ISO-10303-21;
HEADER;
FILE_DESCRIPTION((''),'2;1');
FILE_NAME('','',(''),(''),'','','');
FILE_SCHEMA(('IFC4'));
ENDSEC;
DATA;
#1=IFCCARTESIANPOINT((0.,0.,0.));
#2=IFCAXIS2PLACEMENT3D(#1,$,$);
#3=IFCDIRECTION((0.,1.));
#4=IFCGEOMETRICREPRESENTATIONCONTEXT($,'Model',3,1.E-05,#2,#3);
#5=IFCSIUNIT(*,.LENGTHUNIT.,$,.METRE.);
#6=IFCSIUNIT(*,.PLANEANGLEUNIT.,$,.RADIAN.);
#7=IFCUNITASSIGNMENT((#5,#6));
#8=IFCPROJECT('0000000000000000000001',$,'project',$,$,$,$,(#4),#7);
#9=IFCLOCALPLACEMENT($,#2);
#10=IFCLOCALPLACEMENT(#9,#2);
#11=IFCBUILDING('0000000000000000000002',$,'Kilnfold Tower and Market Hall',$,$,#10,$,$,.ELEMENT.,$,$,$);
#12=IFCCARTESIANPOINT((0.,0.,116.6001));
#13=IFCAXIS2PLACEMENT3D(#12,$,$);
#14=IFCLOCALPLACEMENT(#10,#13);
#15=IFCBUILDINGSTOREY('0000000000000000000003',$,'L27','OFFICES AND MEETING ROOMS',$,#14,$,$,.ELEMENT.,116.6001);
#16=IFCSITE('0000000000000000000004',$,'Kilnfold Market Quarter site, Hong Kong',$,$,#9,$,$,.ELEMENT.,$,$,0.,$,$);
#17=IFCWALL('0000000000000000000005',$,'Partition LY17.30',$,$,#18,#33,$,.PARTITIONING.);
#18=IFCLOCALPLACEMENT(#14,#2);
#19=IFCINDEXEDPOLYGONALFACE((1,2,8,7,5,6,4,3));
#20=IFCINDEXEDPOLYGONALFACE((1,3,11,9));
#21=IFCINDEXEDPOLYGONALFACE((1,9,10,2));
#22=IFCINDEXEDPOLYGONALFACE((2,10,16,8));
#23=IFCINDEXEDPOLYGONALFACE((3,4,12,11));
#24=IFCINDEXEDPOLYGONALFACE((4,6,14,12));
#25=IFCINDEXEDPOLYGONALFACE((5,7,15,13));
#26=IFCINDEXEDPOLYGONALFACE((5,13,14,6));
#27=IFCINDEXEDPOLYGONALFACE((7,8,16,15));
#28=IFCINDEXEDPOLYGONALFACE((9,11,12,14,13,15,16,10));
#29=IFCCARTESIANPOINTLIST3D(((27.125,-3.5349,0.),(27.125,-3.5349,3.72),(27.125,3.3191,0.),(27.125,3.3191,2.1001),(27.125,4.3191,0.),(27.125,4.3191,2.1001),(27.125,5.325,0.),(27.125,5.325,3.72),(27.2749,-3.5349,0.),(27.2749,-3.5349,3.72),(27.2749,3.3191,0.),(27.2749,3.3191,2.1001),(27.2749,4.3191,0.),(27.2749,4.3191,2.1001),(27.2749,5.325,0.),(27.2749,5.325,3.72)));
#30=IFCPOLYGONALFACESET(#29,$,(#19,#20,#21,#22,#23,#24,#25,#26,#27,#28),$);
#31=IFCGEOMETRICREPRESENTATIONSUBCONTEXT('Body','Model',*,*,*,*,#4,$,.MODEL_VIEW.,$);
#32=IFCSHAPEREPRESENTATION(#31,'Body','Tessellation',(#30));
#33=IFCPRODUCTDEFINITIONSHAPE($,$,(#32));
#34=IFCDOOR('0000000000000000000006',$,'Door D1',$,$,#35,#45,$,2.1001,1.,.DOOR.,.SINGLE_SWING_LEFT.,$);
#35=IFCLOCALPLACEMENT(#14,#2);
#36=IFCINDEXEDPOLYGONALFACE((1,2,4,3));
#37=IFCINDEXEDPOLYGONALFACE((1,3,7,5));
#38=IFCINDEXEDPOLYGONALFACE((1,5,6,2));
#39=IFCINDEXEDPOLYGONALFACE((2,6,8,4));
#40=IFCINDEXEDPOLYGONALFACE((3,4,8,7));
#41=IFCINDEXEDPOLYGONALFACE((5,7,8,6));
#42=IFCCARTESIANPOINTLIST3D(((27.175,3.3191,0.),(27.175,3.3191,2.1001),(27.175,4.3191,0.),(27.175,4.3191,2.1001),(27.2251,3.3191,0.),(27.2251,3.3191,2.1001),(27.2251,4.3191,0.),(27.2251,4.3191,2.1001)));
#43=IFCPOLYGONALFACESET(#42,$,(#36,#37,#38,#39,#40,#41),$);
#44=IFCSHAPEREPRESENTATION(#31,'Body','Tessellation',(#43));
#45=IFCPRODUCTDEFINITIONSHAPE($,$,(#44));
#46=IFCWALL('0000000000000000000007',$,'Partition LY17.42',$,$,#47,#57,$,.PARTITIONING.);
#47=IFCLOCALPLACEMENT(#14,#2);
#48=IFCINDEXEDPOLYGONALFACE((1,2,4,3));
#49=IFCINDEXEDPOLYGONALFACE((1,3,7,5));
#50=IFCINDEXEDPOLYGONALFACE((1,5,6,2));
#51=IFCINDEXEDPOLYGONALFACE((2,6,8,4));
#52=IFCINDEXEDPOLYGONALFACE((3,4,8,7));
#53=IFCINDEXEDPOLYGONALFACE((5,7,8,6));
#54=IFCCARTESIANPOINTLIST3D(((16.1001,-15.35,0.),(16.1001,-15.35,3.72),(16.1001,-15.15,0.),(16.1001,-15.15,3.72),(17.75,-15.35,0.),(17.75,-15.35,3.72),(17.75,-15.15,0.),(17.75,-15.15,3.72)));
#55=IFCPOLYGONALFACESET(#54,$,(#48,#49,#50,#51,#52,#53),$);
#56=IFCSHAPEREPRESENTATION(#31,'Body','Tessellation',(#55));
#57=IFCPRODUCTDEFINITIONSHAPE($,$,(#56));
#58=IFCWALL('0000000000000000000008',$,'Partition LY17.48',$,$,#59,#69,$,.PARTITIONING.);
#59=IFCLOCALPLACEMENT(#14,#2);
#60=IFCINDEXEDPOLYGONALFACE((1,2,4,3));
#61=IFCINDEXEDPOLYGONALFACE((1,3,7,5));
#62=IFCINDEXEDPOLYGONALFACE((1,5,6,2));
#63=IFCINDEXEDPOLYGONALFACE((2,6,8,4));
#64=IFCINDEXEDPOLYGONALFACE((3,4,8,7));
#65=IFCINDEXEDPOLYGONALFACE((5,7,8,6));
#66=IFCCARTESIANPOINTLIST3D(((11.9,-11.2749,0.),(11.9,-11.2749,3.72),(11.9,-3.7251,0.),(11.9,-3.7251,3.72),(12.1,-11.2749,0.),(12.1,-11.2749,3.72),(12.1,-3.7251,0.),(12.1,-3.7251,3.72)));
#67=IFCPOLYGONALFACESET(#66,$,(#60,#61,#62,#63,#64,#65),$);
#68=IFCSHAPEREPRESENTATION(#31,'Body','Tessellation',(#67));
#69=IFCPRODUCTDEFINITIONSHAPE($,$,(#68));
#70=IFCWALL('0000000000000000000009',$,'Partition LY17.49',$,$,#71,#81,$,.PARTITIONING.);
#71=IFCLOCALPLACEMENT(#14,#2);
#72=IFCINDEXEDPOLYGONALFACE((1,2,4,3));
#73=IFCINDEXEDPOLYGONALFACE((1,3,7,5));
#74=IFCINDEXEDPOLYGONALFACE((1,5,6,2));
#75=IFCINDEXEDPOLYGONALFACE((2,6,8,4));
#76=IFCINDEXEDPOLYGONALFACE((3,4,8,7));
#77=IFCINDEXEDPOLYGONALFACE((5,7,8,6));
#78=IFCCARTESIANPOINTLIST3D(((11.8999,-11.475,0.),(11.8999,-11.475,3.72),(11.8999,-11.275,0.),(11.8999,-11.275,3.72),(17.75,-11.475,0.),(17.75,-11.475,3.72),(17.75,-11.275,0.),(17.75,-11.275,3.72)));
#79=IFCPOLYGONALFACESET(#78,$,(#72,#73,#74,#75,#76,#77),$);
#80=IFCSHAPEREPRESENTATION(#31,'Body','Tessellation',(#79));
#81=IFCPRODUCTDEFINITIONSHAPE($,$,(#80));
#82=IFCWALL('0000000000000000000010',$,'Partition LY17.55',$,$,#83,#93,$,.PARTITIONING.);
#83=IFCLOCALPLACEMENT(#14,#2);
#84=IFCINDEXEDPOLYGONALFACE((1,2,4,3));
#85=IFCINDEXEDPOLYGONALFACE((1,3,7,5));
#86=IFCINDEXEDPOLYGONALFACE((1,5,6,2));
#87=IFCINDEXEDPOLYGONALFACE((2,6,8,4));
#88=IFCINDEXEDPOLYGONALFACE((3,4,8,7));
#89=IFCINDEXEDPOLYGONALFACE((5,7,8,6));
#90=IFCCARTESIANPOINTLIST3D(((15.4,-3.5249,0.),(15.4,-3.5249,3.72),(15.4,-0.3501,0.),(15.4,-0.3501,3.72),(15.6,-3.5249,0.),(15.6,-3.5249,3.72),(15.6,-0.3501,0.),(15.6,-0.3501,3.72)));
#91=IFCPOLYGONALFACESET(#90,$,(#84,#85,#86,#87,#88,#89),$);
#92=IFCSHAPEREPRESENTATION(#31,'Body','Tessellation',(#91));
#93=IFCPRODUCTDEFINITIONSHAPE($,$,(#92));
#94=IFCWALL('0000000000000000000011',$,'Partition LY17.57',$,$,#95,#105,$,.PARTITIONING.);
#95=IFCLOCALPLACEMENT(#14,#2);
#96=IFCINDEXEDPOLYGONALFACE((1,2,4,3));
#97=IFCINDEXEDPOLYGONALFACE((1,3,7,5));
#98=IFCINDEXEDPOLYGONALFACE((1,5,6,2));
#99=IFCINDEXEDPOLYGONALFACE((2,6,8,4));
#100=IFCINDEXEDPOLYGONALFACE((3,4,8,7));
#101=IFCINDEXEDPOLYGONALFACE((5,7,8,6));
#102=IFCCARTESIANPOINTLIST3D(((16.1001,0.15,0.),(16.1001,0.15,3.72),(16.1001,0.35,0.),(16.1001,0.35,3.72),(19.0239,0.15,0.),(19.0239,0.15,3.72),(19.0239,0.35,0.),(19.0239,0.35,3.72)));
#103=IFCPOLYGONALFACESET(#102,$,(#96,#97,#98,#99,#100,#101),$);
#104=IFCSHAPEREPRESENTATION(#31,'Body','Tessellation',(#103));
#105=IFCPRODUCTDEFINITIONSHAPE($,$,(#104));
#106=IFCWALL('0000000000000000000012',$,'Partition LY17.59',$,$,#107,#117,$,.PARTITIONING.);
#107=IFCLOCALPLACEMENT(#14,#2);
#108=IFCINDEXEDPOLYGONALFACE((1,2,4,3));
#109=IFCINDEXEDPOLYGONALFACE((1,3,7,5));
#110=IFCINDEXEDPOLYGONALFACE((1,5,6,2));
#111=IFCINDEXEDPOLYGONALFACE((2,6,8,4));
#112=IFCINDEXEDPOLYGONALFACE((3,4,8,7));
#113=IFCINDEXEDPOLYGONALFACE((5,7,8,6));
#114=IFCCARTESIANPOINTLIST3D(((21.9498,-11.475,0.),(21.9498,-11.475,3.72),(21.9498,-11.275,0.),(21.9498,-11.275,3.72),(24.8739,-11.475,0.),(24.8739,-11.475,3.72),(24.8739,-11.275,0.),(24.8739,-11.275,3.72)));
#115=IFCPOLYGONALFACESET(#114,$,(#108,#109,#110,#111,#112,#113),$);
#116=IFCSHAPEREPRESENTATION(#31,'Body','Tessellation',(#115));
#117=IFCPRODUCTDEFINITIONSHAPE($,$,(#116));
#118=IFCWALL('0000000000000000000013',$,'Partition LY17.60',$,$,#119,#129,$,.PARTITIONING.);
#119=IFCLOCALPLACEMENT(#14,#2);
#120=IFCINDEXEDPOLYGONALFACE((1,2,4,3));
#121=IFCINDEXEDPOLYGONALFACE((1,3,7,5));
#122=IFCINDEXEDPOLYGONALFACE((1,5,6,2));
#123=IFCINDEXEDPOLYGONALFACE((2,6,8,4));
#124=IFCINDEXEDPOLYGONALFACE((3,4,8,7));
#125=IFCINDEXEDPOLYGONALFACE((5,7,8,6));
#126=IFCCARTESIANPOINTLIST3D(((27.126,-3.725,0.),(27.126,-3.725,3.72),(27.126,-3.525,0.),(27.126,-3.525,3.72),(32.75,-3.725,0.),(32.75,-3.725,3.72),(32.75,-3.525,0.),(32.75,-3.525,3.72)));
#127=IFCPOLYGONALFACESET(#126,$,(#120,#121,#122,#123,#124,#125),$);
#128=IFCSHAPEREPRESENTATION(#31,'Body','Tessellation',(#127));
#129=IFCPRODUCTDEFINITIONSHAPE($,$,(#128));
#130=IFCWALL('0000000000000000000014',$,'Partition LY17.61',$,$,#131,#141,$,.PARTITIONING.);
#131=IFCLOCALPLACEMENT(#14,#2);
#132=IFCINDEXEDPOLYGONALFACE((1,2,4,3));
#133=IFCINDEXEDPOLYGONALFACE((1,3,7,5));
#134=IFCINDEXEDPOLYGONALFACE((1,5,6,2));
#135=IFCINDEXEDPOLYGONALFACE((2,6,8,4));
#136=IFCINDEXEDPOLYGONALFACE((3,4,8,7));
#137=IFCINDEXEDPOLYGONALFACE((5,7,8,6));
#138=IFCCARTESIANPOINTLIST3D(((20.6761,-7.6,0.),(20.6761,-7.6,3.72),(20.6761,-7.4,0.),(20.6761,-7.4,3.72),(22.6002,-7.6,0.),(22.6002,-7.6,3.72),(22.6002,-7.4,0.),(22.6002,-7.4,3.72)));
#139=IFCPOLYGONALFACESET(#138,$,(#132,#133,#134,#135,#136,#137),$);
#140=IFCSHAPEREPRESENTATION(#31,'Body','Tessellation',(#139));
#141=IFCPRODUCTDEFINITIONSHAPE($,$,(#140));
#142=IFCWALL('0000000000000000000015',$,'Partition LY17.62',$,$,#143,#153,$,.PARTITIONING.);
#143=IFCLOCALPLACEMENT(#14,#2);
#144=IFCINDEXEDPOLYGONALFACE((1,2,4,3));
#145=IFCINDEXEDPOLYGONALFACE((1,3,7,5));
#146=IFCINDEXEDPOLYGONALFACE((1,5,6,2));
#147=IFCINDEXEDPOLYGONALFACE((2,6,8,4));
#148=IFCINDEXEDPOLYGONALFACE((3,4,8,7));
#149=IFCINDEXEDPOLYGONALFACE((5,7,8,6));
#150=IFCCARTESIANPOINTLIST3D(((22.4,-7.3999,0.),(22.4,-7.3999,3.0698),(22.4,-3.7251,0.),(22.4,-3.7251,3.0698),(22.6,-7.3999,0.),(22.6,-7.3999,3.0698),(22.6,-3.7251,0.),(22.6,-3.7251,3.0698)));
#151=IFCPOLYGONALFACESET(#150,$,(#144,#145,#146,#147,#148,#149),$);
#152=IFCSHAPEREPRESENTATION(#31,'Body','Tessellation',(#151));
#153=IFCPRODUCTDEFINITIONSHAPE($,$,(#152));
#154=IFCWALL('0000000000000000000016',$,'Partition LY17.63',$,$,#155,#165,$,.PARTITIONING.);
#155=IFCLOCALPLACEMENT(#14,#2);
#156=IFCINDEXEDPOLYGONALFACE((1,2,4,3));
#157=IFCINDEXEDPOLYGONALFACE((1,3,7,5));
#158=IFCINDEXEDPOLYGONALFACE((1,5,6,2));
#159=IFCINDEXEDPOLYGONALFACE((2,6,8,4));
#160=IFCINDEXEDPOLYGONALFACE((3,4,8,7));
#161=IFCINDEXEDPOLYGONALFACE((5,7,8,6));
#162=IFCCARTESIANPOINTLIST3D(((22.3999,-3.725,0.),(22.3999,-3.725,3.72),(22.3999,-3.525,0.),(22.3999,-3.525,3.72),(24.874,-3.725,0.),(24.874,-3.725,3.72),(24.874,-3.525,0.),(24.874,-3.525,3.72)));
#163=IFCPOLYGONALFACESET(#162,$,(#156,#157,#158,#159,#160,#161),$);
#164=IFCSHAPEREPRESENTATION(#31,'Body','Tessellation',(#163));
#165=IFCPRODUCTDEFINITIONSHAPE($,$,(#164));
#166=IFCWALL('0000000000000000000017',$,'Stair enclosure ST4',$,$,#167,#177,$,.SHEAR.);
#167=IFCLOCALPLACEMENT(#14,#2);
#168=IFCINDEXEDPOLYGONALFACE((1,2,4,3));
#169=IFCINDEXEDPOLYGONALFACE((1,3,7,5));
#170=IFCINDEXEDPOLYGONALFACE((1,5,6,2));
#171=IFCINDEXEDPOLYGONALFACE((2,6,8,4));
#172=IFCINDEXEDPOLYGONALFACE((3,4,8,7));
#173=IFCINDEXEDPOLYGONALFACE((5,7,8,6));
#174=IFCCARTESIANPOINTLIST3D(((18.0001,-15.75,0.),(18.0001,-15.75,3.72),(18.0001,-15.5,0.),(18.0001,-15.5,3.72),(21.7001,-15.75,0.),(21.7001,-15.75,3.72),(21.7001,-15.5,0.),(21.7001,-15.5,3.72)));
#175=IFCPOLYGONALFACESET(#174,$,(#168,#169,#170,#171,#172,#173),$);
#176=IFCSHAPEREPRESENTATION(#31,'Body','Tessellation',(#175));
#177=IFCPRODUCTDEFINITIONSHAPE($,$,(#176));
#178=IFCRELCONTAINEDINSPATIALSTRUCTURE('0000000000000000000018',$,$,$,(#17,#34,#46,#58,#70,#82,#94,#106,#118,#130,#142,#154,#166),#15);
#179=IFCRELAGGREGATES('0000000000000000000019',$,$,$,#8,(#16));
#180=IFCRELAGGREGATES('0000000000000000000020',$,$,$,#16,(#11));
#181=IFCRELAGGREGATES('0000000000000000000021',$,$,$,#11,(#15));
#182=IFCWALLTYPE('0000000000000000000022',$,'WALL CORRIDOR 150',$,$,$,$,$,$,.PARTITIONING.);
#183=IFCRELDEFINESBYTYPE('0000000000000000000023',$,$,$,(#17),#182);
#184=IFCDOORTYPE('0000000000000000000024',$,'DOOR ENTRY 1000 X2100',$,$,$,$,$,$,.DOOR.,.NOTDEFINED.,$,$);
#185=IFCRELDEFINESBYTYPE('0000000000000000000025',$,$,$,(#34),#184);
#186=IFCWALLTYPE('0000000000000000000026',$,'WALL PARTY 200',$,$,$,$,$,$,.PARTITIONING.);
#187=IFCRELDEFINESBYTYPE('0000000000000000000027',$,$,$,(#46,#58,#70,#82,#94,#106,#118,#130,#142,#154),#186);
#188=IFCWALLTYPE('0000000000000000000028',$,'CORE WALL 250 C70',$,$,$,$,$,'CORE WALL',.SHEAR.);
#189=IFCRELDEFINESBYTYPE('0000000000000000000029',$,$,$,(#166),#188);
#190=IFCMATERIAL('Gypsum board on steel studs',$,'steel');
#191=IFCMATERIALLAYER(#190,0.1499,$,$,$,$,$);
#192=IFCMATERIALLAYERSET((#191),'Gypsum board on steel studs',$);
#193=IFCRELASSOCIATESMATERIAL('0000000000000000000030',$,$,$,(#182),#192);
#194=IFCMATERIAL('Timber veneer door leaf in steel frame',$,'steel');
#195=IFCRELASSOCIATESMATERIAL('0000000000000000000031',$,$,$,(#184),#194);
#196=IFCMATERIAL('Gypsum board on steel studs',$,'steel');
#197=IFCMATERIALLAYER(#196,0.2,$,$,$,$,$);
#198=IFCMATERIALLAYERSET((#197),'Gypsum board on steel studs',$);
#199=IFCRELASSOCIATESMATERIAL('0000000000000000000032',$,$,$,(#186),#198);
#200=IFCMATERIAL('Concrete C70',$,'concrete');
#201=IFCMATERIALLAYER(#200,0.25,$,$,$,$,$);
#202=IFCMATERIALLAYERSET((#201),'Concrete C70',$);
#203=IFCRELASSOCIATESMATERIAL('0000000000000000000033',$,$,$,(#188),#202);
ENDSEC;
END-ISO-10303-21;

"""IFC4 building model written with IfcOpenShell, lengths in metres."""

from ifc_helpers import new_model, si_unit, direction, frame, frame_2d, origin, place, context, subcontext, project, spatial, rectangle, extrude, source, transform, mapped, material, layer, layer_set, type_object, element, fill, save


model = new_model("IFC4")

# Units and contexts
model_context = context("Model", 3, precision=1e-05, world=origin(), true_north=direction((0.0, 1.0)))
body_context = subcontext(model_context, "Body", "Model", "MODEL_VIEW")
ifc_project = project(units=[si_unit("LENGTHUNIT", "METRE"), si_unit("PLANEANGLEUNIT", "RADIAN")], contexts=[model_context])

# Site, building, storey
site_placement = place(None, origin())
site = spatial("IfcSite", under=ifc_project, at=site_placement, Name="Kilnfold Market Quarter site, Hong Kong", CompositionType="ELEMENT", RefElevation=0.0)
building_placement = place(site_placement, origin())
building = spatial("IfcBuilding", under=site, at=building_placement, Name="Kilnfold Tower and Market Hall", CompositionType="ELEMENT")
storey_placement = place(building_placement, frame((0.0, 0.0, 116.6001)))
storey = spatial("IfcBuildingStorey", under=building, at=storey_placement, Name="L27", Description="OFFICES AND MEETING ROOMS", CompositionType="ELEMENT", Elevation=116.6001)

# Shared definitions
ifc_material_1 = material(Name="Gypsum board on steel studs", Category="steel")
ifc_layer_1 = layer(ifc_material_1, 0.1499)
ifc_layer_set_1 = layer_set([ifc_layer_1], Name="Gypsum board on steel studs")
wall_type_1 = type_object("IfcWallType", Name="WALL CORRIDOR 150", PredefinedType="PARTITIONING", material=ifc_layer_set_1)

# Shared definitions
ifc_material_2 = material(Name="Timber veneer door leaf in steel frame", Category="steel")
door_type_1 = type_object("IfcDoorType", Name="DOOR ENTRY 1000 X2100", OperationType="NOTDEFINED", PredefinedType="DOOR", material=ifc_material_2)

# Wall, opening, door
wall_1_placement = place(storey_placement, frame((27.2, -3.5349, 0.0), z_axis=(0.0, 0.0, 1.0), x_axis=(0.0, 1.0, 0.0)))
wall_1 = element("IfcWall", 1, at=wall_1_placement, inside=storey, type_object=wall_type_1, Name="Partition LY17.30", PredefinedType="PARTITIONING", context=body_context, shape_type="SweptSolid", body=[
    extrude(rectangle(XDim=8.8599, YDim=0.1499, at=frame_2d((4.4299, 0.0))), origin(), (0.0, 0.0, 1.0), 3.72),
])
opening_1_placement = place(wall_1_placement, frame((6.854, 0.0, 0.0)))
opening_1 = element("IfcOpeningElement", 2, at=opening_1_placement, cuts=wall_1, PredefinedType="OPENING", context=body_context, shape_type="SweptSolid", body=[
    extrude(rectangle(XDim=1.0, YDim=2.1001, at=frame_2d((0.5, 1.05))), frame((0.0, 0.085, 0.0), z_axis=(0.0, -1.0, 0.0), x_axis=(1.0, 0.0, 0.0)), (0.0, 0.0, 1.0), 0.1699),
])
door_1_placement = place(opening_1_placement, origin())
door_1 = element("IfcDoor", 3, at=door_1_placement, inside=storey, type_object=door_type_1, Name="Door D1", OperationType="SINGLE_SWING_LEFT", OverallHeight=2.1001, OverallWidth=1.0, PredefinedType="DOOR", context=body_context, shape_type="SweptSolid", body=[
    extrude(rectangle(XDim=1.0, YDim=2.1001, at=frame_2d((0.5, 1.05))), frame((0.0, 0.0249, 0.0), z_axis=(0.0, -1.0, 0.0), x_axis=(1.0, 0.0, 0.0)), (0.0, 0.0, 1.0), 0.05),
])
fill(opening_1, door_1)

# Walls
ifc_material_3 = material(Name="Gypsum board on steel studs", Category="steel")
ifc_layer_2 = layer(ifc_material_3, 0.2)
ifc_layer_set_2 = layer_set([ifc_layer_2], Name="Gypsum board on steel studs")
wall_type_2 = type_object("IfcWallType", Name="WALL PARTY 200", PredefinedType="PARTITIONING", material=ifc_layer_set_2)
wall_2_placement = place(storey_placement, frame((16.1001, -15.25, 0.0), z_axis=(0.0, 0.0, 1.0), x_axis=(1.0, 0.0, 0.0)))
element("IfcWall", 4, at=wall_2_placement, inside=storey, type_object=wall_type_2, Name="Partition LY17.42", PredefinedType="PARTITIONING", context=body_context, shape_type="SweptSolid", body=[
    extrude(rectangle(XDim=1.6499, YDim=0.2, at=frame_2d((0.825, 0.0))), origin(), (0.0, 0.0, 1.0), 3.72),
])
wall_3_placement = place(storey_placement, frame((12.0, -11.2749, 0.0), z_axis=(0.0, 0.0, 1.0), x_axis=(0.0, 1.0, 0.0)))
element("IfcWall", 5, at=wall_3_placement, inside=storey, type_object=wall_type_2, Name="Partition LY17.48", PredefinedType="PARTITIONING", context=body_context, shape_type="SweptSolid", body=[
    extrude(rectangle(XDim=7.5498, YDim=0.2, at=frame_2d((3.7749, 0.0))), origin(), (0.0, 0.0, 1.0), 3.72),
])
wall_4_placement = place(storey_placement, frame((11.8999, -11.375, 0.0), z_axis=(0.0, 0.0, 1.0), x_axis=(1.0, 0.0, 0.0)))
element("IfcWall", 6, at=wall_4_placement, inside=storey, type_object=wall_type_2, Name="Partition LY17.49", PredefinedType="PARTITIONING", context=body_context, shape_type="SweptSolid", body=[
    extrude(rectangle(XDim=5.8501, YDim=0.2, at=frame_2d((2.925, 0.0))), origin(), (0.0, 0.0, 1.0), 3.72),
])
wall_5_placement = place(storey_placement, frame((15.5, -3.5249, 0.0), z_axis=(0.0, 0.0, 1.0), x_axis=(0.0, 1.0, 0.0)))
element("IfcWall", 7, at=wall_5_placement, inside=storey, type_object=wall_type_2, Name="Partition LY17.55", PredefinedType="PARTITIONING", context=body_context, shape_type="SweptSolid", body=[
    extrude(rectangle(XDim=3.1748, YDim=0.2, at=frame_2d((1.5874, 0.0))), origin(), (0.0, 0.0, 1.0), 3.72),
])
wall_6_placement = place(storey_placement, frame((16.1001, 0.25, 0.0), z_axis=(0.0, 0.0, 1.0), x_axis=(1.0, 0.0, 0.0)))
element("IfcWall", 8, at=wall_6_placement, inside=storey, type_object=wall_type_2, Name="Partition LY17.57", PredefinedType="PARTITIONING", context=body_context, shape_type="SweptSolid", body=[
    extrude(rectangle(XDim=2.9238, YDim=0.2, at=frame_2d((1.4619, 0.0))), origin(), (0.0, 0.0, 1.0), 3.72),
])
wall_7_placement = place(storey_placement, frame((21.95, -11.375, 0.0), z_axis=(0.0, 0.0, 1.0), x_axis=(1.0, 0.0, 0.0)))
element("IfcWall", 9, at=wall_7_placement, inside=storey, type_object=wall_type_2, Name="Partition LY17.59", PredefinedType="PARTITIONING", context=body_context, shape_type="SweptSolid", body=[
    extrude(rectangle(XDim=2.9241, YDim=0.2, at=frame_2d((1.4619, 0.0))), origin(), (0.0, 0.0, 1.0), 3.72),
])
wall_8_placement = place(storey_placement, frame((27.126, -3.625, 0.0), z_axis=(0.0, 0.0, 1.0), x_axis=(1.0, 0.0, 0.0)))
element("IfcWall", 10, at=wall_8_placement, inside=storey, type_object=wall_type_2, Name="Partition LY17.60", PredefinedType="PARTITIONING", context=body_context, shape_type="SweptSolid", body=[
    extrude(rectangle(XDim=5.624, YDim=0.2, at=frame_2d((2.812, 0.0))), origin(), (0.0, 0.0, 1.0), 3.72),
])
wall_9_placement = place(storey_placement, frame((22.6001, -7.5, 0.0), z_axis=(0.0, 0.0, 1.0), x_axis=(-1.0, 0.0, 0.0)))
element("IfcWall", 11, at=wall_9_placement, inside=storey, type_object=wall_type_2, Name="Partition LY17.61", PredefinedType="PARTITIONING", context=body_context, shape_type="SweptSolid", body=[
    extrude(rectangle(XDim=1.9241, YDim=0.2, at=frame_2d((0.9619, 0.0))), origin(), (0.0, 0.0, 1.0), 3.72),
])
wall_10_placement = place(storey_placement, frame((22.5, -3.7251, 0.0), z_axis=(0.0, 0.0, 1.0), x_axis=(0.0, -1.0, 0.0)))
element("IfcWall", 12, at=wall_10_placement, inside=storey, type_object=wall_type_2, Name="Partition LY17.62", PredefinedType="PARTITIONING", context=body_context, shape_type="SweptSolid", body=[
    extrude(rectangle(XDim=3.6748, YDim=0.2, at=frame_2d((1.8374, 0.0))), origin(), (0.0, 0.0, 1.0), 3.0698),
])
wall_11_placement = place(storey_placement, frame((22.3999, -3.625, 0.0), z_axis=(0.0, 0.0, 1.0), x_axis=(1.0, 0.0, 0.0)))
element("IfcWall", 13, at=wall_11_placement, inside=storey, type_object=wall_type_2, Name="Partition LY17.63", PredefinedType="PARTITIONING", context=body_context, shape_type="SweptSolid", body=[
    extrude(rectangle(XDim=2.4741, YDim=0.2, at=frame_2d((1.2371, 0.0))), origin(), (0.0, 0.0, 1.0), 3.72),
])
ifc_material_4 = material(Name="Concrete C70", Category="concrete")
ifc_layer_3 = layer(ifc_material_4, 0.25)
ifc_layer_set_3 = layer_set([ifc_layer_3], Name="Concrete C70")
wall_type_3 = type_object("IfcWallType", Name="CORE WALL 250 C70", ElementType="CORE WALL", PredefinedType="SHEAR", material=ifc_layer_set_3)
shared_shape_1 = source(origin(), body_context, "Body", "SweptSolid", [
    extrude(rectangle(XDim=3.7, YDim=0.25, at=frame_2d((1.8501, 0.0))), origin(), (0.0, 0.0, 1.0), 3.72),
])
wall_12_placement = place(storey_placement, frame((18.0, -15.625, 0.0), z_axis=(0.0, 0.0, 1.0), x_axis=(1.0, 0.0, 0.0)))
element("IfcWall", 14, at=wall_12_placement, inside=storey, type_object=wall_type_3, Name="Stair enclosure ST4", PredefinedType="SHEAR", context=body_context, shape_type="MappedRepresentation", body=[
    mapped(shared_shape_1, transform((0.0, 0.0, 0.0))),
])

save(model, "model.ifc")
